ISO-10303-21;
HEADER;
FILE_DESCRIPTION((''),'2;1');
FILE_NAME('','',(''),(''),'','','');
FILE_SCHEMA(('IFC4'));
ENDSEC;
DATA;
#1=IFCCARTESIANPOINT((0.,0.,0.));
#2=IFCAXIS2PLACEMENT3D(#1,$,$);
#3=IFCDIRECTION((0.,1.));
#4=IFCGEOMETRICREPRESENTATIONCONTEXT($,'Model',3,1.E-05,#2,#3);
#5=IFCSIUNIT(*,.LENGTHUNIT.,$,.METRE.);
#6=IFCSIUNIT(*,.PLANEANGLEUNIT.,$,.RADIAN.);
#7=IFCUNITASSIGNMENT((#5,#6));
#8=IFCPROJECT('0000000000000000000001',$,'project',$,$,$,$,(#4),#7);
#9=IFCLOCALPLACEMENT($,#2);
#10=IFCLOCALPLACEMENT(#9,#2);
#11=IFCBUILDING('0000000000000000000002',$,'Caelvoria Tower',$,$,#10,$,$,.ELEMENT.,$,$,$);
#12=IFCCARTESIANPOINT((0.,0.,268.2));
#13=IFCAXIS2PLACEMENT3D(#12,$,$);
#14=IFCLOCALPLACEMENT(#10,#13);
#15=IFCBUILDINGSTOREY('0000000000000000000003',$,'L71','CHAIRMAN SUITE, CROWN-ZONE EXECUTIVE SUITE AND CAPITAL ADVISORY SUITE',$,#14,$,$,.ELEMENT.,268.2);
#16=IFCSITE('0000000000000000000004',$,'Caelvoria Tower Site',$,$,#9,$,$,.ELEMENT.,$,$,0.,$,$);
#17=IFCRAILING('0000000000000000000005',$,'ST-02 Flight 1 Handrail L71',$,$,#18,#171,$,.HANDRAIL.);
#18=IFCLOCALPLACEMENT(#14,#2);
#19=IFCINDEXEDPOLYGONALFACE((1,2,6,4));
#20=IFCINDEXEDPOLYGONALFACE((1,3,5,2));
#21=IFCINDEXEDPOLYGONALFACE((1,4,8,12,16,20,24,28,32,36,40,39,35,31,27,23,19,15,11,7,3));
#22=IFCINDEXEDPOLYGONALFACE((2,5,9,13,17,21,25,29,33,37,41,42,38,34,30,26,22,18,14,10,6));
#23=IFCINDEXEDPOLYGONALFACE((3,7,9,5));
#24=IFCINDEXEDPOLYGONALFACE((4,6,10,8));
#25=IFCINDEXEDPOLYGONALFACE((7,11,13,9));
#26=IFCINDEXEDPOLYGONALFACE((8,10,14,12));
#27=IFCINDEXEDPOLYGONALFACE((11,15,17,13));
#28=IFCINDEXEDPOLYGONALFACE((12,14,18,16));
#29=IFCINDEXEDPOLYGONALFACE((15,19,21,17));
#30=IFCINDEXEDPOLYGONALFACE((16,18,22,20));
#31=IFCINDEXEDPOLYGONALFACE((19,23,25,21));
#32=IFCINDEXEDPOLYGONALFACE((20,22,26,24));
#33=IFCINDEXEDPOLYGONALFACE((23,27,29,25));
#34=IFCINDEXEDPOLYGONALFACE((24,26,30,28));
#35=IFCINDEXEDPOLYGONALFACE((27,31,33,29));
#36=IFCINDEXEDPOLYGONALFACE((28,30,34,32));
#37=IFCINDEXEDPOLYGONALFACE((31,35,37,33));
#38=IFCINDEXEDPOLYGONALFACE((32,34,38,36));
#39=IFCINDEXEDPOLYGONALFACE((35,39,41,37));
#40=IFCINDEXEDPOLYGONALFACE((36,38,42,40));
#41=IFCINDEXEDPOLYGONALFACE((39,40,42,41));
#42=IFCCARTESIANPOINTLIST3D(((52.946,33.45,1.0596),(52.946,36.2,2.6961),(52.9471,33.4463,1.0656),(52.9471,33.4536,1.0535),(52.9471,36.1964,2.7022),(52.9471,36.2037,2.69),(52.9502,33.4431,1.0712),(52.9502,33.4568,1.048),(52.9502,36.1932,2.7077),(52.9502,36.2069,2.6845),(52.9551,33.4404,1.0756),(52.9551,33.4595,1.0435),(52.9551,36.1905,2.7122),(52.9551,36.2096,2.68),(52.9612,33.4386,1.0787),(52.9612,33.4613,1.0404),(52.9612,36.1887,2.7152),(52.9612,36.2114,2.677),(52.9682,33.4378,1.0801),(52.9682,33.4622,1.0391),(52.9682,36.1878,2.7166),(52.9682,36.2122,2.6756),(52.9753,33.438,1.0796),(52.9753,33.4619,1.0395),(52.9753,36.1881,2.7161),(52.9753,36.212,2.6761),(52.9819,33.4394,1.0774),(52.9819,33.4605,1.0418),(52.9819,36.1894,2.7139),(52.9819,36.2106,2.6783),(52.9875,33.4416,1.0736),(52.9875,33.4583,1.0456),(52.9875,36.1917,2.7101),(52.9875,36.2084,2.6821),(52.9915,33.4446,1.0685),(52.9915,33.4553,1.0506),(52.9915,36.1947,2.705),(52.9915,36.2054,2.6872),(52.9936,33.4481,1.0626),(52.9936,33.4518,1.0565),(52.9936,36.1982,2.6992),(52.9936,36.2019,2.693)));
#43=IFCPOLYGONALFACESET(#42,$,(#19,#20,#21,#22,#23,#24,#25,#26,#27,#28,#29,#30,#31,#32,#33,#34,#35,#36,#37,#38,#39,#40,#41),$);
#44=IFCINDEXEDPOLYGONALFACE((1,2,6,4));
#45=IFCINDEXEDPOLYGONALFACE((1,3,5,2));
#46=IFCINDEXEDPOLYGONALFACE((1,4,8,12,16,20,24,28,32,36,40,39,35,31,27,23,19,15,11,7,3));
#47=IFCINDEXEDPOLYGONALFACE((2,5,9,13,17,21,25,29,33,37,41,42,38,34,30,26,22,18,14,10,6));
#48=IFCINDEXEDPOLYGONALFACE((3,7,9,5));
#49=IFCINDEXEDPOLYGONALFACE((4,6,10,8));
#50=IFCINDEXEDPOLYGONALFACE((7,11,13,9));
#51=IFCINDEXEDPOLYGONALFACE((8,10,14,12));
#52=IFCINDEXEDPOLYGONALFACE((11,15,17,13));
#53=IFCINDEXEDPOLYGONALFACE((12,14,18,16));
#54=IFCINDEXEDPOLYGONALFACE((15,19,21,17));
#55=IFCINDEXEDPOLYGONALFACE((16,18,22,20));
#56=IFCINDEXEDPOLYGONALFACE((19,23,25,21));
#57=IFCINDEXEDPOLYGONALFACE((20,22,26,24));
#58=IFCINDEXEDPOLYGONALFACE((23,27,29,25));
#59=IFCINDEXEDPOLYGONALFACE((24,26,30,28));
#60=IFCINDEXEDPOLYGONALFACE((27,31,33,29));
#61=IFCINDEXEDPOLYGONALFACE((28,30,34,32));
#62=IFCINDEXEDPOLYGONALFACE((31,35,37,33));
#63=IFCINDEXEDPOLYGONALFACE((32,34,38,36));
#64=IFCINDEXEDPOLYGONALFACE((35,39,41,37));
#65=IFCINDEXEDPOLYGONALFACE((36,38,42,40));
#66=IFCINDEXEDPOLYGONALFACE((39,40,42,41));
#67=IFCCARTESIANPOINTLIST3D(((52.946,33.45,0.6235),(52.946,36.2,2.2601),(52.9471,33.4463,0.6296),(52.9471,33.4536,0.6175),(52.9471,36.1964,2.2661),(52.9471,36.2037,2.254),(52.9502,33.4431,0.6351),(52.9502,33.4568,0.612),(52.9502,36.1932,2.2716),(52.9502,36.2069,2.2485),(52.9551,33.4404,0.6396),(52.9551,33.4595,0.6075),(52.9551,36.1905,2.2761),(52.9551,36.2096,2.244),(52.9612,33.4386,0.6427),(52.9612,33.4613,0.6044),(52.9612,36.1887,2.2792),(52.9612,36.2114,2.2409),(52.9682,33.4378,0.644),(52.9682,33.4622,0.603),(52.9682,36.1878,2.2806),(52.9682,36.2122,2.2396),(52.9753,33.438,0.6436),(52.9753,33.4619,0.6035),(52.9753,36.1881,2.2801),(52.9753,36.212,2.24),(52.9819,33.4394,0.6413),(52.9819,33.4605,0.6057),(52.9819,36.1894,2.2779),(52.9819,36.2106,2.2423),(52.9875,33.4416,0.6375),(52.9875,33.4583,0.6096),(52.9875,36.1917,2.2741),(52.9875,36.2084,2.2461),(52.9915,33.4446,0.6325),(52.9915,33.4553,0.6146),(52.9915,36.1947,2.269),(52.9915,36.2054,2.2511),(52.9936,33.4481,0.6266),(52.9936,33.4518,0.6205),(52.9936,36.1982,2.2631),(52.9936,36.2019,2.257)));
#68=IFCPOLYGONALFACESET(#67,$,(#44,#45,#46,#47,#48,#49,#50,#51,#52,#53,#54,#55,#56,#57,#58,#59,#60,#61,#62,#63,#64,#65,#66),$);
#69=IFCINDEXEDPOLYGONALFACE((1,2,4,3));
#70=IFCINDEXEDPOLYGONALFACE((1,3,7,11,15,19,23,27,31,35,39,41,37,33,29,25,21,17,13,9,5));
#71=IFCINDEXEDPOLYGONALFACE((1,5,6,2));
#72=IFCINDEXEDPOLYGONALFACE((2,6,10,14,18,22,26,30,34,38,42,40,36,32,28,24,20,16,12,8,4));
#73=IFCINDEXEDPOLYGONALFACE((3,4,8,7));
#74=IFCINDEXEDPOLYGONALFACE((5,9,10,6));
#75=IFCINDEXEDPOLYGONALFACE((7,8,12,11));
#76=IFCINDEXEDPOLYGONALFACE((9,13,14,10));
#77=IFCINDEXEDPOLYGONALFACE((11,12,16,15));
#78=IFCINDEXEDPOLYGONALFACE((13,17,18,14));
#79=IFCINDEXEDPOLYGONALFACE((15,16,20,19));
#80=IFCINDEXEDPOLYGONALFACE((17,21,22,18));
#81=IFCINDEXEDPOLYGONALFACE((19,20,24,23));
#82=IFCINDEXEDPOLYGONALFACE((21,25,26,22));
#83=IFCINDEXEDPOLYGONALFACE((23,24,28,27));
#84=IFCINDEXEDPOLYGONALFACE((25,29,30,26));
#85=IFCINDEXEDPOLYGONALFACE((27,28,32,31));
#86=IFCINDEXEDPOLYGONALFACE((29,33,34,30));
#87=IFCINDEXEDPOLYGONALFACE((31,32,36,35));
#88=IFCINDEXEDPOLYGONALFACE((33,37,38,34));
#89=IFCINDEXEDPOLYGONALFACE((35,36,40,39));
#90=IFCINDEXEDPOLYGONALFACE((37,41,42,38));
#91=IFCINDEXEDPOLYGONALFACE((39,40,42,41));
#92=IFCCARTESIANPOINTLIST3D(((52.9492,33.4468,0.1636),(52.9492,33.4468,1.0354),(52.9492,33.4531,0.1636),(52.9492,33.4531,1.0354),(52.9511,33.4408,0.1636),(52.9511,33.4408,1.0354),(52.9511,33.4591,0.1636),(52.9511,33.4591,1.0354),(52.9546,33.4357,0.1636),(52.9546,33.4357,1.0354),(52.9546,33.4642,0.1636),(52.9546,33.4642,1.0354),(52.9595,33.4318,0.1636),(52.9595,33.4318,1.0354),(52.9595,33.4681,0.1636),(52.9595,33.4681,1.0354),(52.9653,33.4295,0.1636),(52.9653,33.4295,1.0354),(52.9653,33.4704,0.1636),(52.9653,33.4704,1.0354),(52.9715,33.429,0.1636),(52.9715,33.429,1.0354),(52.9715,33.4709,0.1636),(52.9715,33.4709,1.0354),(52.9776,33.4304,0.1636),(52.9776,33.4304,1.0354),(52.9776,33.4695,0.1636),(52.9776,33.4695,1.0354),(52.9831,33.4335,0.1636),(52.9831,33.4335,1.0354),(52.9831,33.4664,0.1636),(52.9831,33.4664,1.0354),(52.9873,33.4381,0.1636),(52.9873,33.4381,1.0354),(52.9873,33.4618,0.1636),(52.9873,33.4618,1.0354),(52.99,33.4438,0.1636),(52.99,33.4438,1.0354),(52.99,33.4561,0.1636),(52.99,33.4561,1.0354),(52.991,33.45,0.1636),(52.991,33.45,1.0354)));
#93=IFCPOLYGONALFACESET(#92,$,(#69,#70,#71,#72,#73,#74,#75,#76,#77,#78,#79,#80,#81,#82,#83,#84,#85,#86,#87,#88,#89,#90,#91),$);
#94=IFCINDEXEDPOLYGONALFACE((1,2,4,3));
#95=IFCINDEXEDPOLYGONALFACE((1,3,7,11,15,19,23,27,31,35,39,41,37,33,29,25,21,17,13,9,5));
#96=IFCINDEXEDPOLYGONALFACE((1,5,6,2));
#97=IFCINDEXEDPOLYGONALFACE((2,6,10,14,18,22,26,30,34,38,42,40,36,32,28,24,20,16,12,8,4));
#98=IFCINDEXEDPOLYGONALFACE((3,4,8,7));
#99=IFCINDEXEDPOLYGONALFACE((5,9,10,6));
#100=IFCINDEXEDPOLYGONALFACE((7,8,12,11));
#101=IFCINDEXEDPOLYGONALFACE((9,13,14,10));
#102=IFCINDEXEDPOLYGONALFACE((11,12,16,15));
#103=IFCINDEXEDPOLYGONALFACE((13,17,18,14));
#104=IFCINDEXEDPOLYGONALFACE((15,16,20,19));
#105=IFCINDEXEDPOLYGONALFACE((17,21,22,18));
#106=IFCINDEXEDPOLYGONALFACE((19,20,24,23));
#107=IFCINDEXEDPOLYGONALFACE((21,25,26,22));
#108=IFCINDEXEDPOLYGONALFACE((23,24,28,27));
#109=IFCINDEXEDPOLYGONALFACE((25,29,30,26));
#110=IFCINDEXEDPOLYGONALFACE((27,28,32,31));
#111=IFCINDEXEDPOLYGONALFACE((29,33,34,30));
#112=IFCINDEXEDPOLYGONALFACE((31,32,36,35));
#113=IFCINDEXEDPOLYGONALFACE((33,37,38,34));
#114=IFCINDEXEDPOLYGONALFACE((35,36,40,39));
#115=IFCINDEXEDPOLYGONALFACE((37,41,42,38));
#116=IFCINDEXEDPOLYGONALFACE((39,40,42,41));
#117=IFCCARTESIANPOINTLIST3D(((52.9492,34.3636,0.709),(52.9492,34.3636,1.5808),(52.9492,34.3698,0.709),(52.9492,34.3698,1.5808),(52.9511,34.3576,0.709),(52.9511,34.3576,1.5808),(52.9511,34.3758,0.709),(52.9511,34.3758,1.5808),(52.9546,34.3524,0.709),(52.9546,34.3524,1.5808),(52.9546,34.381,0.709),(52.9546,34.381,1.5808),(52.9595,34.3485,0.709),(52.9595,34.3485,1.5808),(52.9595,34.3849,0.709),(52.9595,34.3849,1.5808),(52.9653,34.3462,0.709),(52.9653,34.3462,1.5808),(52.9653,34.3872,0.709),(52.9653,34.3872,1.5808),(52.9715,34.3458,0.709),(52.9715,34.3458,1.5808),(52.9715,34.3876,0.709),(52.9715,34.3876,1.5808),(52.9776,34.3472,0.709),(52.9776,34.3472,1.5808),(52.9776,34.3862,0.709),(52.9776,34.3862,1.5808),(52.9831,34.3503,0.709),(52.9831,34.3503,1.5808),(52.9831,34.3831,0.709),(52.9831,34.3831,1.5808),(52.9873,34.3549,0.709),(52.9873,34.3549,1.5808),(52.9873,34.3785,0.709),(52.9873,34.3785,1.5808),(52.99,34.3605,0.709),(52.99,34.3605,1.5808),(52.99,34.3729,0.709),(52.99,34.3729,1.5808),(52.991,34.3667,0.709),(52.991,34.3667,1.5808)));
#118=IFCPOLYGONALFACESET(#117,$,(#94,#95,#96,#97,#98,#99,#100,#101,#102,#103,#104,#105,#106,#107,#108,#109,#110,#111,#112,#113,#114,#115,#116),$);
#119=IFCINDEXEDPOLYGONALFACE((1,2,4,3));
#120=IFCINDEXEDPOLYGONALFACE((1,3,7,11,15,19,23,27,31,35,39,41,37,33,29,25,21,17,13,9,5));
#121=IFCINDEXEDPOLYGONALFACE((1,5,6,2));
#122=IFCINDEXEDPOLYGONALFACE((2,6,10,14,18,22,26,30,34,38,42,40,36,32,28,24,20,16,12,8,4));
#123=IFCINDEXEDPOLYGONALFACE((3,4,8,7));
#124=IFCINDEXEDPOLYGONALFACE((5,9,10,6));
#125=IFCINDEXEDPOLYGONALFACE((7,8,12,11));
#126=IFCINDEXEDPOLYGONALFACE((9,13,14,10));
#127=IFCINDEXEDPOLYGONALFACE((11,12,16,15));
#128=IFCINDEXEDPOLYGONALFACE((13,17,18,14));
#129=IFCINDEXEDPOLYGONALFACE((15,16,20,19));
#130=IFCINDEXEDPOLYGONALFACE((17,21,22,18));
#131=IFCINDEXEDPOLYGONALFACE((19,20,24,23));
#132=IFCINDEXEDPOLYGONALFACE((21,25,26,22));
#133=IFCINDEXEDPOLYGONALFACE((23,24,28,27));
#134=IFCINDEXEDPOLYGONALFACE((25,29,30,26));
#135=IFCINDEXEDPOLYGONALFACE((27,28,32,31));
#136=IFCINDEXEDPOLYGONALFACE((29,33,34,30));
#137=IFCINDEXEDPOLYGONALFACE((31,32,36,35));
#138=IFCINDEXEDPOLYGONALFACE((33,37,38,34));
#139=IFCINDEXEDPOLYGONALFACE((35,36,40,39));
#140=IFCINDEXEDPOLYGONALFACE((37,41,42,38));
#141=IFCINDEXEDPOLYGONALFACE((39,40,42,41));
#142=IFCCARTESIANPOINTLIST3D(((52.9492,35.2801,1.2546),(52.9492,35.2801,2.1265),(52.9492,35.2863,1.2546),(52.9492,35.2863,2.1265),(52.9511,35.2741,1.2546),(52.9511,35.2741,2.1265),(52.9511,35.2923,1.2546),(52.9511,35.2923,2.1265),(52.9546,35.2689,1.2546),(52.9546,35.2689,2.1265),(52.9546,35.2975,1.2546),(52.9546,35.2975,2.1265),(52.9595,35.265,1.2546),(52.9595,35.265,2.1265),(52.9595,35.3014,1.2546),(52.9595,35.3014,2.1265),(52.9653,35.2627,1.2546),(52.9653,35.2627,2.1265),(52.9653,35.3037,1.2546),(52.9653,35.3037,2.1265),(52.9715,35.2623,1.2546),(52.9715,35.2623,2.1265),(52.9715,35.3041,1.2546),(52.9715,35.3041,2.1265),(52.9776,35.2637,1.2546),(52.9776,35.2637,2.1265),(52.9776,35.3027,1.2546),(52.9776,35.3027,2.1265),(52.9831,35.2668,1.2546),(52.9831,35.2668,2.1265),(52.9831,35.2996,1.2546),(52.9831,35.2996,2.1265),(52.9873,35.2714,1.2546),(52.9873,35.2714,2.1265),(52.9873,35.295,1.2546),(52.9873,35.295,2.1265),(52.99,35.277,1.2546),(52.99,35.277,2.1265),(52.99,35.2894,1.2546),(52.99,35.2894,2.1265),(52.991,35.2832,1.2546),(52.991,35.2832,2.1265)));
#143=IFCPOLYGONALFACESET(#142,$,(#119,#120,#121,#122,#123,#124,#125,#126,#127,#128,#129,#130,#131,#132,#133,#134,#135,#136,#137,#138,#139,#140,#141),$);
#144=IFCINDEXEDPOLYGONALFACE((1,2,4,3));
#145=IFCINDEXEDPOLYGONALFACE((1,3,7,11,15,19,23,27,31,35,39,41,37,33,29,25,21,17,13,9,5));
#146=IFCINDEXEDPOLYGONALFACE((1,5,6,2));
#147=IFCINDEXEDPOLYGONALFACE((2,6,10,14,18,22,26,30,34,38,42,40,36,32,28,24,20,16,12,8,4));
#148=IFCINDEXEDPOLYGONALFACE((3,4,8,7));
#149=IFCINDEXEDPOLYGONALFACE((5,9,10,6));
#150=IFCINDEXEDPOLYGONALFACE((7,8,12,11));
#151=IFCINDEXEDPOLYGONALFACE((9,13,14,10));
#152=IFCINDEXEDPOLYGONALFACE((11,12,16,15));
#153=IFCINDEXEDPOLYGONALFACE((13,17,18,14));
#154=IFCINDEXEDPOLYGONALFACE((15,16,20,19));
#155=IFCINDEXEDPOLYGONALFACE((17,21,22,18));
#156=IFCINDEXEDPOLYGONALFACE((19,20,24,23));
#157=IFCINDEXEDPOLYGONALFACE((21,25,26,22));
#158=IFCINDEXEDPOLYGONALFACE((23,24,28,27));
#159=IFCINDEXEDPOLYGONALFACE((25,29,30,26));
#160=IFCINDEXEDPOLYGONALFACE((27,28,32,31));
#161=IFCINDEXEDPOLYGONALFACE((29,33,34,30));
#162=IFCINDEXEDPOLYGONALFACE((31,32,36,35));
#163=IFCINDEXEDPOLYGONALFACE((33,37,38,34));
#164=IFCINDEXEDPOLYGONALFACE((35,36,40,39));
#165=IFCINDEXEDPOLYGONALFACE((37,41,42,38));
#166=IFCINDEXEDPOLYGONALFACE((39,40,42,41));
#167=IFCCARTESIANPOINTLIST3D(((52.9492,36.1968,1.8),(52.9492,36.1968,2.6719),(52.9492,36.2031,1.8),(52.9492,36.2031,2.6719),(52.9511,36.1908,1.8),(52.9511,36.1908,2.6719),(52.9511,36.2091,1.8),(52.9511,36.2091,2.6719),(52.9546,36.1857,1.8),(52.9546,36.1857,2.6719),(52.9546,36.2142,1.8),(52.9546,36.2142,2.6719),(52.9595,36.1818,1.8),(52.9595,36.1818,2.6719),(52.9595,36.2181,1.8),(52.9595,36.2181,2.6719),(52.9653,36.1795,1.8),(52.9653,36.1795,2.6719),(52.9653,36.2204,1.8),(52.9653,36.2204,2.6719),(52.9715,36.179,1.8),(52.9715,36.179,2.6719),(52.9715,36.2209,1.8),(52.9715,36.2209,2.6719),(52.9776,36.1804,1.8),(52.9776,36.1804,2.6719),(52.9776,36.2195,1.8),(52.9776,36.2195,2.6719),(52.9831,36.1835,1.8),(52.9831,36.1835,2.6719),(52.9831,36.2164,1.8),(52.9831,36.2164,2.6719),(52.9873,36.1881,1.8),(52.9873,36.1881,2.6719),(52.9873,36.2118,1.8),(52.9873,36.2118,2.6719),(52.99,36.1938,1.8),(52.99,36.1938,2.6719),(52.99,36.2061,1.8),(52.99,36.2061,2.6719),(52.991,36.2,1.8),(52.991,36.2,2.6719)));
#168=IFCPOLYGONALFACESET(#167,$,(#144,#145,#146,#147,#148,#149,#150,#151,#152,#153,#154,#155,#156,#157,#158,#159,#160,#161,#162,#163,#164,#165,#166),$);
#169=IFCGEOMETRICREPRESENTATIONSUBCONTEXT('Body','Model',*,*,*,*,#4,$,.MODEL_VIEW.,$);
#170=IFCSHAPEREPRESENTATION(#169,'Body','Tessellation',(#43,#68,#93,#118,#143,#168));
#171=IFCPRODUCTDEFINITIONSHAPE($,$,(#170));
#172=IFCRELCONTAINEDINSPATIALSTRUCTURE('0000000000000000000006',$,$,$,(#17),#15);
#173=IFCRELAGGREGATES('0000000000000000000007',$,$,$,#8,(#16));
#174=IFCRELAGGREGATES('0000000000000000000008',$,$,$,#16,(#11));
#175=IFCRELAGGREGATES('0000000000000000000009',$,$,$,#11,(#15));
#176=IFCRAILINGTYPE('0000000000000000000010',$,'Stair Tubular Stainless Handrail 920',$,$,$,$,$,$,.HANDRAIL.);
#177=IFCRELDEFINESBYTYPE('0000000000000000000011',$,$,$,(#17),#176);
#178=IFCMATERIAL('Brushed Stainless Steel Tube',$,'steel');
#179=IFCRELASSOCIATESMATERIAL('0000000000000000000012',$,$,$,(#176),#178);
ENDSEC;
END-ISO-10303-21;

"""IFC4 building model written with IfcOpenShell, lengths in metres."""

from ifc_helpers import new_model, si_unit, direction, frame, origin, origin_2d, place, context, subcontext, project, spatial, circle, extrude, material, type_object, element, save


model = new_model("IFC4")

# Units and contexts
model_context = context("Model", 3, precision=1e-05, world=origin(), true_north=direction((0.0, 1.0)))
body_context = subcontext(model_context, "Body", "Model", "MODEL_VIEW")
ifc_project = project(units=[si_unit("LENGTHUNIT", "METRE"), si_unit("PLANEANGLEUNIT", "RADIAN")], contexts=[model_context])

# Site, building, storey
site_placement = place(None, origin())
site = spatial("IfcSite", under=ifc_project, at=site_placement, Name="Caelvoria Tower Site", CompositionType="ELEMENT", RefElevation=0.0)
building_placement = place(site_placement, origin())
building = spatial("IfcBuilding", under=site, at=building_placement, Name="Caelvoria Tower", CompositionType="ELEMENT")
storey_placement = place(building_placement, frame((0.0, 0.0, 268.2)))
storey = spatial("IfcBuildingStorey", under=building, at=storey_placement, Name="L71", Description="CHAIRMAN SUITE, CROWN-ZONE EXECUTIVE SUITE AND CAPITAL ADVISORY SUITE", CompositionType="ELEMENT", Elevation=268.2)

# Railing
ifc_material_1 = material(Name="Brushed Stainless Steel Tube", Category="steel")
railing_type_1 = type_object("IfcRailingType", Name="Stair Tubular Stainless Handrail 920", PredefinedType="HANDRAIL", material=ifc_material_1)
railing_1_placement = place(storey_placement, frame((52.97, 33.45, 0.1636)))
element("IfcRailing", 1, at=railing_1_placement, inside=storey, type_object=railing_type_1, Name="ST-02 Flight 1 Handrail L71", PredefinedType="HANDRAIL", context=body_context, shape_type="SweptSolid", body=[
    extrude(circle(Radius=0.0239, at=origin_2d()), frame((0.0, 0.0, 0.896), z_axis=(0.0, 0.859352, 0.511385), x_axis=(-1.0, 0.0, 0.0)), (0.0, 0.0, 1.0), 3.2002),
    extrude(circle(Radius=0.0239, at=origin_2d()), frame((0.0, 0.0, 0.46), z_axis=(0.0, 0.859352, 0.511385), x_axis=(-1.0, 0.0, 0.0)), (0.0, 0.0, 1.0), 3.2002),
    extrude(circle(Radius=0.021, at=origin_2d()), origin(), (0.0, 0.0, 1.0), 0.8718),
    extrude(circle(Radius=0.021, at=origin_2d()), frame((0.0, 0.9167, 0.5454)), (0.0, 0.0, 1.0), 0.8718),
    extrude(circle(Radius=0.021, at=origin_2d()), frame((0.0, 1.8333, 1.0911)), (0.0, 0.0, 1.0), 0.8718),
    extrude(circle(Radius=0.021, at=origin_2d()), frame((0.0, 2.75, 1.6365)), (0.0, 0.0, 1.0), 0.8718),
])

save(model, "model.ifc")
